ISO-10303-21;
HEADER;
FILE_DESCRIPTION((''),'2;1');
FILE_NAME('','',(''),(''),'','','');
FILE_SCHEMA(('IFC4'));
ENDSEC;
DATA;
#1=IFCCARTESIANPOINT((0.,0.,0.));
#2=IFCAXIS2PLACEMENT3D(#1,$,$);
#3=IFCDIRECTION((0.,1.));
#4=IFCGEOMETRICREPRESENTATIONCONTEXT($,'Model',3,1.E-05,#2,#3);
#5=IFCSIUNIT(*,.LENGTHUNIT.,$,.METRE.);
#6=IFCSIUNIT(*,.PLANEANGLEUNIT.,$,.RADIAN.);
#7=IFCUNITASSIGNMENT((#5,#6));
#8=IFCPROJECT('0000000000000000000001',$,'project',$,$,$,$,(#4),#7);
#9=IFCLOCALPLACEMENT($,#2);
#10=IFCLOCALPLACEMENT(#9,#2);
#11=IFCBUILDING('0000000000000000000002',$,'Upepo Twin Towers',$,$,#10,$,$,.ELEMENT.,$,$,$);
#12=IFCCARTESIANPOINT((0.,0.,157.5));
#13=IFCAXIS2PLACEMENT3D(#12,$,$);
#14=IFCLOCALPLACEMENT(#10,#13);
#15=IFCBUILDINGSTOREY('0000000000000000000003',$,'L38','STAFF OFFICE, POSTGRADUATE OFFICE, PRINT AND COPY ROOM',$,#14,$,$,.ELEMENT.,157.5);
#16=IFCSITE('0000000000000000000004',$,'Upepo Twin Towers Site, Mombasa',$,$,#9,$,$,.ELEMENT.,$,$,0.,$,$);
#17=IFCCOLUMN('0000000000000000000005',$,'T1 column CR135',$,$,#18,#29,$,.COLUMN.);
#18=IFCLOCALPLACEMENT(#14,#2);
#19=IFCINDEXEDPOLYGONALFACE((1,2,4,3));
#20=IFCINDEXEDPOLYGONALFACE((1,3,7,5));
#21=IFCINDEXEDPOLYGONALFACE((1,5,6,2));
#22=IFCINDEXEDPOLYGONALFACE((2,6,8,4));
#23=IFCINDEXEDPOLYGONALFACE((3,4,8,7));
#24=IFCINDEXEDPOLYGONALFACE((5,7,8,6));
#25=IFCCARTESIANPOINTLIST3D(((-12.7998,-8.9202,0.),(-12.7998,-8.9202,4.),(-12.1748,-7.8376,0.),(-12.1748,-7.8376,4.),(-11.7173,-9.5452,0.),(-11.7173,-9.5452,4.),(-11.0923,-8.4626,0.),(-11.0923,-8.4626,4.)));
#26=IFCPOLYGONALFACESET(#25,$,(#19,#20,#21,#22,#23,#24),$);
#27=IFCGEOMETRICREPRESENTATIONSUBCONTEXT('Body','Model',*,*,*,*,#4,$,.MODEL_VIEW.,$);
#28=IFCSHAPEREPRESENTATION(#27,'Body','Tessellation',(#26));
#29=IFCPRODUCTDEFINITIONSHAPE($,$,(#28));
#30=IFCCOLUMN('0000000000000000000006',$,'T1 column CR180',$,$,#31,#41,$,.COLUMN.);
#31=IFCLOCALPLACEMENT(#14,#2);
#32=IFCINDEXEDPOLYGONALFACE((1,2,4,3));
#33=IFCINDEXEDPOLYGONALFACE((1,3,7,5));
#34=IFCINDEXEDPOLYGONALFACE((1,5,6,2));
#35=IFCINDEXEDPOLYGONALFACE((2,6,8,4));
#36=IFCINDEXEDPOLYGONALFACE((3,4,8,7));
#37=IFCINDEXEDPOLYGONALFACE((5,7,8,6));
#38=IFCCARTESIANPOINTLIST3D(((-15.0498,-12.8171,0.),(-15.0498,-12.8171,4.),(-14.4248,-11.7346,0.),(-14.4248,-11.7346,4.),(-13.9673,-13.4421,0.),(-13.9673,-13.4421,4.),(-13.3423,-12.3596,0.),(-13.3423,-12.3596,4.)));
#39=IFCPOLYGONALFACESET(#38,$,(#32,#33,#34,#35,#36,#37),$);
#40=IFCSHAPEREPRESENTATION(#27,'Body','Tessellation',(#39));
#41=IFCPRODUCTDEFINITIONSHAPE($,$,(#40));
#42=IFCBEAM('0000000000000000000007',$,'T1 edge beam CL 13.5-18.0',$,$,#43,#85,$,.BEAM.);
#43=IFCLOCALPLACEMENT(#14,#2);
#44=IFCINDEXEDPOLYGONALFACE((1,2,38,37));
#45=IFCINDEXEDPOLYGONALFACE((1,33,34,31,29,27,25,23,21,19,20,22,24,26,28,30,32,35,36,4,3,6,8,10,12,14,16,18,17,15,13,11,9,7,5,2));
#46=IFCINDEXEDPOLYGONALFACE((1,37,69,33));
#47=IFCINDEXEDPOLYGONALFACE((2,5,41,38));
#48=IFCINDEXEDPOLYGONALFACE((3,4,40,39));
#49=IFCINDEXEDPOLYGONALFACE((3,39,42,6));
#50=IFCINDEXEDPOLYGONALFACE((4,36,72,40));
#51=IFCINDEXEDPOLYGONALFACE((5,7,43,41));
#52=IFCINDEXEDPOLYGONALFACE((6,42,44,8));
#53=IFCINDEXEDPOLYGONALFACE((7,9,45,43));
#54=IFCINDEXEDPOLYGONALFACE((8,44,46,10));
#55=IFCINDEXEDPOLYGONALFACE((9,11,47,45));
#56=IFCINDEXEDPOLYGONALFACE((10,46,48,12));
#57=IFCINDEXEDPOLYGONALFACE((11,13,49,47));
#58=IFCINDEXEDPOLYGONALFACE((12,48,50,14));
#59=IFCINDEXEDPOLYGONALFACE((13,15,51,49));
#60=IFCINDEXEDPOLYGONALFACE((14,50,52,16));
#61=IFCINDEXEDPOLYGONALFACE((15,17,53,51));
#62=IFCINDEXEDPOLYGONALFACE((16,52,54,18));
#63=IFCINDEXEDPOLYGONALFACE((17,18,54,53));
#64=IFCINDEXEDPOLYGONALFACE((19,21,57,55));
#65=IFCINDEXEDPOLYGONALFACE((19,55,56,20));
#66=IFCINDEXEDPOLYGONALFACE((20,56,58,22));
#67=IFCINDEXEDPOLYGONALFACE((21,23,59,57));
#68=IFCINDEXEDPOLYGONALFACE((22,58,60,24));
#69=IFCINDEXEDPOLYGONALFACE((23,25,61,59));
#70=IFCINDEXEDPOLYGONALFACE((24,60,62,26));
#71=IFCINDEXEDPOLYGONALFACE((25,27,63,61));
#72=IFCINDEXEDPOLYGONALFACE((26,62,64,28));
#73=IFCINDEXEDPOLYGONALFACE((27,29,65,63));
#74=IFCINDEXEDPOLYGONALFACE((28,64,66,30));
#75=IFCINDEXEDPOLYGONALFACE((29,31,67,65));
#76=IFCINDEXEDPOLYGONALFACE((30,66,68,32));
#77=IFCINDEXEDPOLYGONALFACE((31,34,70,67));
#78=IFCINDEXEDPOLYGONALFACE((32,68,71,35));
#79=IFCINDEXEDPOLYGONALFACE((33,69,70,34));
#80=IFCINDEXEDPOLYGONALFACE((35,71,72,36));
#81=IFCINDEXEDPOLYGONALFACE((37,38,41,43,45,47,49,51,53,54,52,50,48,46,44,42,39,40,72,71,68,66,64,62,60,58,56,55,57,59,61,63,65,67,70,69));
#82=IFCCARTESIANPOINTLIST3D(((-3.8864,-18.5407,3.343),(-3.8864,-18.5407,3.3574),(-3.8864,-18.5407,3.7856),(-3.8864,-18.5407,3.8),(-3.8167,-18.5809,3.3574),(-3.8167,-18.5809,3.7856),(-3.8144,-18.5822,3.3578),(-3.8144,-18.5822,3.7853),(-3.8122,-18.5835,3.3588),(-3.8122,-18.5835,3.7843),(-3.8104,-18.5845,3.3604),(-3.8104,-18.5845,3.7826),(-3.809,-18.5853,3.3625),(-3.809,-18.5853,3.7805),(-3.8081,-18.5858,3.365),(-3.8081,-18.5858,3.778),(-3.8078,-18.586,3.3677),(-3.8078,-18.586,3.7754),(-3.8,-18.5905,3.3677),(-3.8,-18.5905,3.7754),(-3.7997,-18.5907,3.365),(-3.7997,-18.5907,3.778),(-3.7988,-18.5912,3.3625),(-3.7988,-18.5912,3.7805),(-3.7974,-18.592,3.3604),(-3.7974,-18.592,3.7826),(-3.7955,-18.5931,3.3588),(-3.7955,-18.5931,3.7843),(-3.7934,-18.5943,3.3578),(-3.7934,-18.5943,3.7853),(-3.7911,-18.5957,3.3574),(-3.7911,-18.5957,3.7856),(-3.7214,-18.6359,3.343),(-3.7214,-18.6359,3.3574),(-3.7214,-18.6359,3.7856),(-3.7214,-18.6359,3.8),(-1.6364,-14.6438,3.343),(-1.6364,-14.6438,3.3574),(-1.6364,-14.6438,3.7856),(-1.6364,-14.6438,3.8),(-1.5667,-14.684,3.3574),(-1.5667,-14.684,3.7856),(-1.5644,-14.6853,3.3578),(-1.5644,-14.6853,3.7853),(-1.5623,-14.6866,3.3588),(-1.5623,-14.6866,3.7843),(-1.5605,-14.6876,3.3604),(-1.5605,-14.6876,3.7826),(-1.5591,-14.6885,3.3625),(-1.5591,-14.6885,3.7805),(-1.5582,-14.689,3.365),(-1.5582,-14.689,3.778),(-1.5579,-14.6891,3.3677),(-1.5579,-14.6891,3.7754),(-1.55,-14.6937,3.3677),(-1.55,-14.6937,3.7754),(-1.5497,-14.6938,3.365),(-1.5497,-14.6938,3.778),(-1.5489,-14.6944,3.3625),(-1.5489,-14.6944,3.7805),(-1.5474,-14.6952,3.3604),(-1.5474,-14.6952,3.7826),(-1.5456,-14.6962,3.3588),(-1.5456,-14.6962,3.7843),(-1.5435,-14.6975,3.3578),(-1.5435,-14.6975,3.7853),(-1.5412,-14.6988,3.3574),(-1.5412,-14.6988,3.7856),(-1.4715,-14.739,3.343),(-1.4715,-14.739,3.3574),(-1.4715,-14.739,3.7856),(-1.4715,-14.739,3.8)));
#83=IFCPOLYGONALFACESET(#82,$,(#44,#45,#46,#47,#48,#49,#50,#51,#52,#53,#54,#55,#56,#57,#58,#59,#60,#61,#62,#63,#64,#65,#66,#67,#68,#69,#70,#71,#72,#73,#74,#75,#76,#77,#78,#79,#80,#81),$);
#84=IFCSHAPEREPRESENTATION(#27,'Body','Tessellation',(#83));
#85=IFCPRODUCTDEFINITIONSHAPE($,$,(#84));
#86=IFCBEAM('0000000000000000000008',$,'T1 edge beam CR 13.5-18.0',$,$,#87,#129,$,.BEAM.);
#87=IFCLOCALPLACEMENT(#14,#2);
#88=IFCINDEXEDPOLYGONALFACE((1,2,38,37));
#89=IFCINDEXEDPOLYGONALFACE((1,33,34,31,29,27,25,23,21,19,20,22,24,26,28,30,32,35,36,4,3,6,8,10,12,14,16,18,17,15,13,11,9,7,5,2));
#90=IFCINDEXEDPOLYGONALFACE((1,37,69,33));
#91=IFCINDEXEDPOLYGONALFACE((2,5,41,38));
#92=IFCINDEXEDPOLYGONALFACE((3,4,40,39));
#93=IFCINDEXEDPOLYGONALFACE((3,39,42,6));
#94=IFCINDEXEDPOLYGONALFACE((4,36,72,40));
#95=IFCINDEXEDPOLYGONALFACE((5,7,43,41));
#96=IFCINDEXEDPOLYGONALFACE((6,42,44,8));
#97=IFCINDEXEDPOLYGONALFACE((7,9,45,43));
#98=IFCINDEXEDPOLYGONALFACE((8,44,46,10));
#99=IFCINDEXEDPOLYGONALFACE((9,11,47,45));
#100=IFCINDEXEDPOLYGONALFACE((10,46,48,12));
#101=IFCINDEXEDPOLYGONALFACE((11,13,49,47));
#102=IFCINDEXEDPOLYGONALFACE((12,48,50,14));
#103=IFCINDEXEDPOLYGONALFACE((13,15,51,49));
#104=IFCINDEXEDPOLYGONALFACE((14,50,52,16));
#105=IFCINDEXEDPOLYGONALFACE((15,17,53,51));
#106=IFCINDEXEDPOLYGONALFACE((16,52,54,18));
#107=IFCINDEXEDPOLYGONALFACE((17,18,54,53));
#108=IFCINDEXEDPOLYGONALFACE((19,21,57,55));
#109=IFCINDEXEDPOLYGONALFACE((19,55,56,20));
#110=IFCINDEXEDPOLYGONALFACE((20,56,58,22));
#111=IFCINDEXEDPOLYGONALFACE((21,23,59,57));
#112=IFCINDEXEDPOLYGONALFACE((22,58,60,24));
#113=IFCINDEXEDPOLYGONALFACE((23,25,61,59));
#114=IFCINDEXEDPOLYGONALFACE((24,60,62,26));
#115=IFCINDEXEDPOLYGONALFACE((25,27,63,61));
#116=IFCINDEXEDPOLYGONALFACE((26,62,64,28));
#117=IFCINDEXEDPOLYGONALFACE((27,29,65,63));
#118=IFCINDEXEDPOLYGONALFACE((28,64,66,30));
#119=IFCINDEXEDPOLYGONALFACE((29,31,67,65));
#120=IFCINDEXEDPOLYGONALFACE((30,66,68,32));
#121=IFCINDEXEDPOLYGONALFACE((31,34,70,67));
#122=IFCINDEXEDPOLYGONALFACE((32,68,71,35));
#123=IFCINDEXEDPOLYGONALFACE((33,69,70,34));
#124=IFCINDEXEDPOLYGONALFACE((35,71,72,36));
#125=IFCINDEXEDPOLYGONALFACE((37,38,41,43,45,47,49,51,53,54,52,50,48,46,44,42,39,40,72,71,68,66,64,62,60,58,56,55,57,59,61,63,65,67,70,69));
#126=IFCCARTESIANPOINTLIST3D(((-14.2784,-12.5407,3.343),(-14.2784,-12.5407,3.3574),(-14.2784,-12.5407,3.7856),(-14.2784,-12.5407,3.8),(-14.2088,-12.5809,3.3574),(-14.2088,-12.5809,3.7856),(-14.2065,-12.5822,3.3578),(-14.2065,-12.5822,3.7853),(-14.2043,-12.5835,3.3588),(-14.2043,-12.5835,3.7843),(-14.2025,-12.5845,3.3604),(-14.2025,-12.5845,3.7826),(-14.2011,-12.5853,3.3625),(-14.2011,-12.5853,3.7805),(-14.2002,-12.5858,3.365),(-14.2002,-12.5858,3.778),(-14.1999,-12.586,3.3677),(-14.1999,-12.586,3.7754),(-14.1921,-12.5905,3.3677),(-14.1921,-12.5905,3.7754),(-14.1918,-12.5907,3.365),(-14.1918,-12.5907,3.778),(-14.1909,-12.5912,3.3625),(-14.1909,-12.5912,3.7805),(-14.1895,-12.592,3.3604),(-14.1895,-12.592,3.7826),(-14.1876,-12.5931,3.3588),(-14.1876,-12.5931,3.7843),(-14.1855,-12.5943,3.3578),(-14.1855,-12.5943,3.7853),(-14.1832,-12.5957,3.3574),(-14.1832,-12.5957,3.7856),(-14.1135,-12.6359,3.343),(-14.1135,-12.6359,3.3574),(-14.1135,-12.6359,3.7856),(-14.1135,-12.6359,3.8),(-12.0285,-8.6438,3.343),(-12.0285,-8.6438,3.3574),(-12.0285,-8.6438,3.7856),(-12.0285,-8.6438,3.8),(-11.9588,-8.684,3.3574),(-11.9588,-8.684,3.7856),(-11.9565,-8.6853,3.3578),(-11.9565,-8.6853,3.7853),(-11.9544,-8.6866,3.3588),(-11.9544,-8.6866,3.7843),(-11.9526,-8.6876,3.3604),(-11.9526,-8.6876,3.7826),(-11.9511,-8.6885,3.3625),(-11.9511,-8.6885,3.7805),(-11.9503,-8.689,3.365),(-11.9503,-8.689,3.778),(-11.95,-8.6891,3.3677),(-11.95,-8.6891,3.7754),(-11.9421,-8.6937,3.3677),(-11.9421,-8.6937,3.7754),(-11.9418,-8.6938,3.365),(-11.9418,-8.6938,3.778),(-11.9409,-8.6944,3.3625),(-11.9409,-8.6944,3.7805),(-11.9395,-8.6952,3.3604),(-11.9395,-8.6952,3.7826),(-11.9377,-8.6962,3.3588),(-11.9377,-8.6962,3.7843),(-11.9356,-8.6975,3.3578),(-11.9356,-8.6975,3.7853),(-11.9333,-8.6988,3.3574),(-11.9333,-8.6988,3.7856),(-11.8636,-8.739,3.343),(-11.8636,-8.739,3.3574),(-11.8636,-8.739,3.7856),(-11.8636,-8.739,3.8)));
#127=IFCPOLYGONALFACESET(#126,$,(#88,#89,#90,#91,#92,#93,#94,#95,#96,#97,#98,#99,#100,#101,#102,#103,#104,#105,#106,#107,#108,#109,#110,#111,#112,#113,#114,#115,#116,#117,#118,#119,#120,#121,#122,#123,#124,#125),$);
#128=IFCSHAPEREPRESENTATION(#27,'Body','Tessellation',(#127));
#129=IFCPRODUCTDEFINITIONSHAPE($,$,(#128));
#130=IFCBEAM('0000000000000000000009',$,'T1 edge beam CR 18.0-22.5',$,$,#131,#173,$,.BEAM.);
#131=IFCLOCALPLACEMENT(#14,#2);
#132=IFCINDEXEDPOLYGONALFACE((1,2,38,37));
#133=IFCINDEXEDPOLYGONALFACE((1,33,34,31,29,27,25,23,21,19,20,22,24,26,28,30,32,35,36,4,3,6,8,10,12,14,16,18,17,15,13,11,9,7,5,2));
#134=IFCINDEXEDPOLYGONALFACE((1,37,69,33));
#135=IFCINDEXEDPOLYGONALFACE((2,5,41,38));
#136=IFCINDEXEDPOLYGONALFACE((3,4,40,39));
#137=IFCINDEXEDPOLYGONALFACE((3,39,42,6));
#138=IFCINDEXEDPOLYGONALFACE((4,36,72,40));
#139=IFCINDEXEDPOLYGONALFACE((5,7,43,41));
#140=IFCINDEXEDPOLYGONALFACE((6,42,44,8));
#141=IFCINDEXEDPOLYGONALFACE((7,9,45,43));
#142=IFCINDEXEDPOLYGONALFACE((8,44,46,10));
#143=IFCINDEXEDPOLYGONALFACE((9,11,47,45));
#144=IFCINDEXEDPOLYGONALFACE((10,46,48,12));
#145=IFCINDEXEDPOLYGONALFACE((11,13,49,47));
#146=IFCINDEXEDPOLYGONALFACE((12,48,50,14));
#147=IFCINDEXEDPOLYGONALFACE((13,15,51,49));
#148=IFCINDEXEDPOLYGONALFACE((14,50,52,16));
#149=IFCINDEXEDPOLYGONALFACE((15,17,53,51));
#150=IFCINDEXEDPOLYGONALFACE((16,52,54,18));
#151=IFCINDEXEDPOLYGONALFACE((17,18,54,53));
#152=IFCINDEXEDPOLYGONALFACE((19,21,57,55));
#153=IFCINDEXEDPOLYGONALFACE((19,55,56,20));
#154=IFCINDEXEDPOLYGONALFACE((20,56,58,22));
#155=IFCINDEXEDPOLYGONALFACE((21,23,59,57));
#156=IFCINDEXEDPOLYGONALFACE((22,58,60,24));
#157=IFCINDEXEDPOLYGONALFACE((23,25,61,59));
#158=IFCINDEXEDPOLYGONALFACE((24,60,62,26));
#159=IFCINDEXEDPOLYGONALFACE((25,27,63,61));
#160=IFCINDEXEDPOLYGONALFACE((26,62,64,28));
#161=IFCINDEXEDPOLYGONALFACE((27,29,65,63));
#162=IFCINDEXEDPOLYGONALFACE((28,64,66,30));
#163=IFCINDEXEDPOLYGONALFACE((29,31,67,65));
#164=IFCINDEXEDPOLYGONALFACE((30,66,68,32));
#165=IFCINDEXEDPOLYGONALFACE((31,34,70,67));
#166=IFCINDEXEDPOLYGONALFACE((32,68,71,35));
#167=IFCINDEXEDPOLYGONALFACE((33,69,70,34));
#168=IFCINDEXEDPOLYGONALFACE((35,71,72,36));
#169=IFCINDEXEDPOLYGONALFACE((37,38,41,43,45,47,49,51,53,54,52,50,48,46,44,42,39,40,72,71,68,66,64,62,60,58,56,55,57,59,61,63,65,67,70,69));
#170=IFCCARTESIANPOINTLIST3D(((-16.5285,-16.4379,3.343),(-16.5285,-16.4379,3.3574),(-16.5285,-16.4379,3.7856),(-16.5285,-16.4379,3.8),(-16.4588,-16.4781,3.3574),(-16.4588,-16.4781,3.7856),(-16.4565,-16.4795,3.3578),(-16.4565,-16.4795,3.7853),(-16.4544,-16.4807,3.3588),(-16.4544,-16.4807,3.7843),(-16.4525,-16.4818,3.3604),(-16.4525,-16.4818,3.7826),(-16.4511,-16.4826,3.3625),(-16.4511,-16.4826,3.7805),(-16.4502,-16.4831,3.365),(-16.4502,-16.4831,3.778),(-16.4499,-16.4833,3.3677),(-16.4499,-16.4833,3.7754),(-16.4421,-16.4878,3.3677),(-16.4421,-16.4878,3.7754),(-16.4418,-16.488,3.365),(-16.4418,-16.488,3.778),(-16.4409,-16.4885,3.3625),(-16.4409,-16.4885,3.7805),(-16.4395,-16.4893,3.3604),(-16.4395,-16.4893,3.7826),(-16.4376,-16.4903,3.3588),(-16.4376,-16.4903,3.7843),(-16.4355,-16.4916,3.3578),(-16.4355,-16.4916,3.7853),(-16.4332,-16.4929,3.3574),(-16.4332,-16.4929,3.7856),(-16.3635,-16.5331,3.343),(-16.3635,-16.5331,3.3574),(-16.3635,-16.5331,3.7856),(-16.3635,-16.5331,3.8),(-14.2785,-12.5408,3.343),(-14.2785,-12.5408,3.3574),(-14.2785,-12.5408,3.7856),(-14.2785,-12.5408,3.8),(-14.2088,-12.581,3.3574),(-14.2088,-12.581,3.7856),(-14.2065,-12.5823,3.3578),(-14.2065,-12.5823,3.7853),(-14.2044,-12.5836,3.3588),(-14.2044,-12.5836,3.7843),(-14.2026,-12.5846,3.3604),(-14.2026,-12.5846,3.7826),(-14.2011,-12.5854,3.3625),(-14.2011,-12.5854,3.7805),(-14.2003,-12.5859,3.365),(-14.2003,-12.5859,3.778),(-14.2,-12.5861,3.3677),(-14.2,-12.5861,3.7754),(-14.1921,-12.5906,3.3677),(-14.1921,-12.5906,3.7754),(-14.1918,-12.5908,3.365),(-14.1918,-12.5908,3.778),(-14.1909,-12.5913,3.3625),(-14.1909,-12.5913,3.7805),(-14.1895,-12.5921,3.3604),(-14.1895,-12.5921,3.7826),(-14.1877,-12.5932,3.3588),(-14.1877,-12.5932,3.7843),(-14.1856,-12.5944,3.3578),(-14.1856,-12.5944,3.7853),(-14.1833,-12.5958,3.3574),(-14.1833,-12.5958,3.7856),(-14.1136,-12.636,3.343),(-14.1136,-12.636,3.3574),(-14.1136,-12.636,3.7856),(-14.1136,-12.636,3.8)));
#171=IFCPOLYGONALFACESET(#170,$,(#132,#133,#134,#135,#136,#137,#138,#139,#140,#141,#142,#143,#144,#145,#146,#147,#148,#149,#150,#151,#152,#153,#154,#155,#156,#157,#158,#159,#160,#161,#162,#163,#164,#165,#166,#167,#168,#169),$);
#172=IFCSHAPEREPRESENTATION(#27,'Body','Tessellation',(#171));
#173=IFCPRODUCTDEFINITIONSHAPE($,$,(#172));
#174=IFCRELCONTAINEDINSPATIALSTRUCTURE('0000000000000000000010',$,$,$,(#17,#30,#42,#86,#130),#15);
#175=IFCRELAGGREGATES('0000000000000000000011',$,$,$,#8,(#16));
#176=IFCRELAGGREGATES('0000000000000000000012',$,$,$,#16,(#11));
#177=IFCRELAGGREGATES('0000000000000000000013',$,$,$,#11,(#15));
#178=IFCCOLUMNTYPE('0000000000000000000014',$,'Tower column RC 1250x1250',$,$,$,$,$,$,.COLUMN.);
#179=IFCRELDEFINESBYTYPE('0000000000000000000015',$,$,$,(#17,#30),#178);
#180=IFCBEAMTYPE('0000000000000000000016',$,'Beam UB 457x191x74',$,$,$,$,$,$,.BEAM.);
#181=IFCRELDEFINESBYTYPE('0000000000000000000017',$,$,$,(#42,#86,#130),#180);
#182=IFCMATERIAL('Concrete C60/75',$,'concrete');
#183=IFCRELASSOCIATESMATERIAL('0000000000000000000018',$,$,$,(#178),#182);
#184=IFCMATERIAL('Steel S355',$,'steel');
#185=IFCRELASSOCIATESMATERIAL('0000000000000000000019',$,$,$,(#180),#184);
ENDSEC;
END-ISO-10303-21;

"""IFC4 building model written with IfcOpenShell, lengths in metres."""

from ifc_helpers import new_model, si_unit, direction, frame, origin, origin_2d, place, context, subcontext, project, spatial, rectangle, i_section, extrude, material, material_profile, profile_set, type_object, element, save


model = new_model("IFC4")

# Units and contexts
model_context = context("Model", 3, precision=1e-05, world=origin(), true_north=direction((0.0, 1.0)))
body_context = subcontext(model_context, "Body", "Model", "MODEL_VIEW")
ifc_project = project(units=[si_unit("LENGTHUNIT", "METRE"), si_unit("PLANEANGLEUNIT", "RADIAN")], contexts=[model_context])

# Site, building, storey
site_placement = place(None, origin())
site = spatial("IfcSite", under=ifc_project, at=site_placement, Name="Upepo Twin Towers Site, Mombasa", CompositionType="ELEMENT", RefElevation=0.0)
building_placement = place(site_placement, origin())
building = spatial("IfcBuilding", under=site, at=building_placement, Name="Upepo Twin Towers", CompositionType="ELEMENT")
storey_placement = place(building_placement, frame((0.0, 0.0, 157.5)))
storey = spatial("IfcBuildingStorey", under=building, at=storey_placement, Name="L38", Description="STAFF OFFICE, POSTGRADUATE OFFICE, PRINT AND COPY ROOM", CompositionType="ELEMENT", Elevation=157.5)

# Columns
ifc_material_1 = material(Name="Concrete C60/75", Category="concrete")
ifc_material_profile_1 = material_profile(ifc_material_1, rectangle(XDim=1.25, YDim=1.25, at=origin_2d()), Name="RC 1250x1250")
ifc_profile_set_1 = profile_set([ifc_material_profile_1], Name="Concrete C60/75")
column_type = type_object("IfcColumnType", Name="Tower column RC 1250x1250", PredefinedType="COLUMN", material=ifc_profile_set_1)
for number, where, z_axis, x_axis, name in (
    (1, (-11.946, -8.6914, 0.0), (0.0, 0.0, 1.0), (0.5, 0.866025, 0.0), "T1 column CR135"),
    (2, (-14.196, -12.5884, 0.0), (0.0, 0.0, 1.0), (0.5, 0.866025, 0.0), "T1 column CR180"),
):
    element("IfcColumn", number, at=place(storey_placement, frame(where, z_axis=z_axis, x_axis=x_axis)), inside=storey, type_object=column_type, Name=name, PredefinedType="COLUMN", context=body_context, shape_type="SweptSolid", body=[
        extrude(rectangle(XDim=1.25, YDim=1.25, at=origin_2d()), origin(), (0.0, 0.0, 1.0), 4.0),
    ])

# Beams
ifc_material_2 = material(Name="Steel S355", Category="steel")
ifc_material_profile_2 = material_profile(ifc_material_2, i_section(OverallWidth=0.1904, OverallDepth=0.457, WebThickness=0.009, FlangeThickness=0.0144, FilletRadius=0.0103, at=origin_2d()), Name="UB 457x191x74")
ifc_profile_set_2 = profile_set([ifc_material_profile_2], Name="Steel S355")
beam_type_1 = type_object("IfcBeamType", Name="Beam UB 457x191x74", PredefinedType="BEAM", material=ifc_profile_set_2)
for number, where, z_axis, x_axis, name in (
    (3, (-1.554, -14.6914, 3.5715), (-0.500014, -0.866018, 0.0), (0.866018, -0.500014, 0.0), "T1 edge beam CL 13.5-18.0"),
    (4, (-11.946, -8.6914, 3.5715), (-0.500014, -0.866018, 0.0), (0.866018, -0.500014, 0.0), "T1 edge beam CR 13.5-18.0"),
):
    element("IfcBeam", number, at=place(storey_placement, frame(where, z_axis=z_axis, x_axis=x_axis)), inside=storey, type_object=beam_type_1, Name=name, PredefinedType="BEAM", context=body_context, shape_type="SweptSolid", body=[
        extrude(i_section(OverallWidth=0.1904, OverallDepth=0.457, WebThickness=0.009, FlangeThickness=0.0144, FilletRadius=0.0103, at=origin_2d()), origin(), (0.0, 0.0, 1.0), 4.4998),
    ])
beam_placement = place(storey_placement, frame((-14.196, -12.5884, 3.5715), z_axis=(-0.49999, -0.866031, 0.0), x_axis=(0.866031, -0.49999, 0.0)))
element("IfcBeam", 5, at=beam_placement, inside=storey, type_object=beam_type_1, Name="T1 edge beam CR 18.0-22.5", PredefinedType="BEAM", context=body_context, shape_type="SweptSolid", body=[
    extrude(i_section(OverallWidth=0.1904, OverallDepth=0.457, WebThickness=0.009, FlangeThickness=0.0144, FilletRadius=0.0103, at=origin_2d()), origin(), (0.0, 0.0, 1.0), 4.5),
])

save(model, "model.ifc")
